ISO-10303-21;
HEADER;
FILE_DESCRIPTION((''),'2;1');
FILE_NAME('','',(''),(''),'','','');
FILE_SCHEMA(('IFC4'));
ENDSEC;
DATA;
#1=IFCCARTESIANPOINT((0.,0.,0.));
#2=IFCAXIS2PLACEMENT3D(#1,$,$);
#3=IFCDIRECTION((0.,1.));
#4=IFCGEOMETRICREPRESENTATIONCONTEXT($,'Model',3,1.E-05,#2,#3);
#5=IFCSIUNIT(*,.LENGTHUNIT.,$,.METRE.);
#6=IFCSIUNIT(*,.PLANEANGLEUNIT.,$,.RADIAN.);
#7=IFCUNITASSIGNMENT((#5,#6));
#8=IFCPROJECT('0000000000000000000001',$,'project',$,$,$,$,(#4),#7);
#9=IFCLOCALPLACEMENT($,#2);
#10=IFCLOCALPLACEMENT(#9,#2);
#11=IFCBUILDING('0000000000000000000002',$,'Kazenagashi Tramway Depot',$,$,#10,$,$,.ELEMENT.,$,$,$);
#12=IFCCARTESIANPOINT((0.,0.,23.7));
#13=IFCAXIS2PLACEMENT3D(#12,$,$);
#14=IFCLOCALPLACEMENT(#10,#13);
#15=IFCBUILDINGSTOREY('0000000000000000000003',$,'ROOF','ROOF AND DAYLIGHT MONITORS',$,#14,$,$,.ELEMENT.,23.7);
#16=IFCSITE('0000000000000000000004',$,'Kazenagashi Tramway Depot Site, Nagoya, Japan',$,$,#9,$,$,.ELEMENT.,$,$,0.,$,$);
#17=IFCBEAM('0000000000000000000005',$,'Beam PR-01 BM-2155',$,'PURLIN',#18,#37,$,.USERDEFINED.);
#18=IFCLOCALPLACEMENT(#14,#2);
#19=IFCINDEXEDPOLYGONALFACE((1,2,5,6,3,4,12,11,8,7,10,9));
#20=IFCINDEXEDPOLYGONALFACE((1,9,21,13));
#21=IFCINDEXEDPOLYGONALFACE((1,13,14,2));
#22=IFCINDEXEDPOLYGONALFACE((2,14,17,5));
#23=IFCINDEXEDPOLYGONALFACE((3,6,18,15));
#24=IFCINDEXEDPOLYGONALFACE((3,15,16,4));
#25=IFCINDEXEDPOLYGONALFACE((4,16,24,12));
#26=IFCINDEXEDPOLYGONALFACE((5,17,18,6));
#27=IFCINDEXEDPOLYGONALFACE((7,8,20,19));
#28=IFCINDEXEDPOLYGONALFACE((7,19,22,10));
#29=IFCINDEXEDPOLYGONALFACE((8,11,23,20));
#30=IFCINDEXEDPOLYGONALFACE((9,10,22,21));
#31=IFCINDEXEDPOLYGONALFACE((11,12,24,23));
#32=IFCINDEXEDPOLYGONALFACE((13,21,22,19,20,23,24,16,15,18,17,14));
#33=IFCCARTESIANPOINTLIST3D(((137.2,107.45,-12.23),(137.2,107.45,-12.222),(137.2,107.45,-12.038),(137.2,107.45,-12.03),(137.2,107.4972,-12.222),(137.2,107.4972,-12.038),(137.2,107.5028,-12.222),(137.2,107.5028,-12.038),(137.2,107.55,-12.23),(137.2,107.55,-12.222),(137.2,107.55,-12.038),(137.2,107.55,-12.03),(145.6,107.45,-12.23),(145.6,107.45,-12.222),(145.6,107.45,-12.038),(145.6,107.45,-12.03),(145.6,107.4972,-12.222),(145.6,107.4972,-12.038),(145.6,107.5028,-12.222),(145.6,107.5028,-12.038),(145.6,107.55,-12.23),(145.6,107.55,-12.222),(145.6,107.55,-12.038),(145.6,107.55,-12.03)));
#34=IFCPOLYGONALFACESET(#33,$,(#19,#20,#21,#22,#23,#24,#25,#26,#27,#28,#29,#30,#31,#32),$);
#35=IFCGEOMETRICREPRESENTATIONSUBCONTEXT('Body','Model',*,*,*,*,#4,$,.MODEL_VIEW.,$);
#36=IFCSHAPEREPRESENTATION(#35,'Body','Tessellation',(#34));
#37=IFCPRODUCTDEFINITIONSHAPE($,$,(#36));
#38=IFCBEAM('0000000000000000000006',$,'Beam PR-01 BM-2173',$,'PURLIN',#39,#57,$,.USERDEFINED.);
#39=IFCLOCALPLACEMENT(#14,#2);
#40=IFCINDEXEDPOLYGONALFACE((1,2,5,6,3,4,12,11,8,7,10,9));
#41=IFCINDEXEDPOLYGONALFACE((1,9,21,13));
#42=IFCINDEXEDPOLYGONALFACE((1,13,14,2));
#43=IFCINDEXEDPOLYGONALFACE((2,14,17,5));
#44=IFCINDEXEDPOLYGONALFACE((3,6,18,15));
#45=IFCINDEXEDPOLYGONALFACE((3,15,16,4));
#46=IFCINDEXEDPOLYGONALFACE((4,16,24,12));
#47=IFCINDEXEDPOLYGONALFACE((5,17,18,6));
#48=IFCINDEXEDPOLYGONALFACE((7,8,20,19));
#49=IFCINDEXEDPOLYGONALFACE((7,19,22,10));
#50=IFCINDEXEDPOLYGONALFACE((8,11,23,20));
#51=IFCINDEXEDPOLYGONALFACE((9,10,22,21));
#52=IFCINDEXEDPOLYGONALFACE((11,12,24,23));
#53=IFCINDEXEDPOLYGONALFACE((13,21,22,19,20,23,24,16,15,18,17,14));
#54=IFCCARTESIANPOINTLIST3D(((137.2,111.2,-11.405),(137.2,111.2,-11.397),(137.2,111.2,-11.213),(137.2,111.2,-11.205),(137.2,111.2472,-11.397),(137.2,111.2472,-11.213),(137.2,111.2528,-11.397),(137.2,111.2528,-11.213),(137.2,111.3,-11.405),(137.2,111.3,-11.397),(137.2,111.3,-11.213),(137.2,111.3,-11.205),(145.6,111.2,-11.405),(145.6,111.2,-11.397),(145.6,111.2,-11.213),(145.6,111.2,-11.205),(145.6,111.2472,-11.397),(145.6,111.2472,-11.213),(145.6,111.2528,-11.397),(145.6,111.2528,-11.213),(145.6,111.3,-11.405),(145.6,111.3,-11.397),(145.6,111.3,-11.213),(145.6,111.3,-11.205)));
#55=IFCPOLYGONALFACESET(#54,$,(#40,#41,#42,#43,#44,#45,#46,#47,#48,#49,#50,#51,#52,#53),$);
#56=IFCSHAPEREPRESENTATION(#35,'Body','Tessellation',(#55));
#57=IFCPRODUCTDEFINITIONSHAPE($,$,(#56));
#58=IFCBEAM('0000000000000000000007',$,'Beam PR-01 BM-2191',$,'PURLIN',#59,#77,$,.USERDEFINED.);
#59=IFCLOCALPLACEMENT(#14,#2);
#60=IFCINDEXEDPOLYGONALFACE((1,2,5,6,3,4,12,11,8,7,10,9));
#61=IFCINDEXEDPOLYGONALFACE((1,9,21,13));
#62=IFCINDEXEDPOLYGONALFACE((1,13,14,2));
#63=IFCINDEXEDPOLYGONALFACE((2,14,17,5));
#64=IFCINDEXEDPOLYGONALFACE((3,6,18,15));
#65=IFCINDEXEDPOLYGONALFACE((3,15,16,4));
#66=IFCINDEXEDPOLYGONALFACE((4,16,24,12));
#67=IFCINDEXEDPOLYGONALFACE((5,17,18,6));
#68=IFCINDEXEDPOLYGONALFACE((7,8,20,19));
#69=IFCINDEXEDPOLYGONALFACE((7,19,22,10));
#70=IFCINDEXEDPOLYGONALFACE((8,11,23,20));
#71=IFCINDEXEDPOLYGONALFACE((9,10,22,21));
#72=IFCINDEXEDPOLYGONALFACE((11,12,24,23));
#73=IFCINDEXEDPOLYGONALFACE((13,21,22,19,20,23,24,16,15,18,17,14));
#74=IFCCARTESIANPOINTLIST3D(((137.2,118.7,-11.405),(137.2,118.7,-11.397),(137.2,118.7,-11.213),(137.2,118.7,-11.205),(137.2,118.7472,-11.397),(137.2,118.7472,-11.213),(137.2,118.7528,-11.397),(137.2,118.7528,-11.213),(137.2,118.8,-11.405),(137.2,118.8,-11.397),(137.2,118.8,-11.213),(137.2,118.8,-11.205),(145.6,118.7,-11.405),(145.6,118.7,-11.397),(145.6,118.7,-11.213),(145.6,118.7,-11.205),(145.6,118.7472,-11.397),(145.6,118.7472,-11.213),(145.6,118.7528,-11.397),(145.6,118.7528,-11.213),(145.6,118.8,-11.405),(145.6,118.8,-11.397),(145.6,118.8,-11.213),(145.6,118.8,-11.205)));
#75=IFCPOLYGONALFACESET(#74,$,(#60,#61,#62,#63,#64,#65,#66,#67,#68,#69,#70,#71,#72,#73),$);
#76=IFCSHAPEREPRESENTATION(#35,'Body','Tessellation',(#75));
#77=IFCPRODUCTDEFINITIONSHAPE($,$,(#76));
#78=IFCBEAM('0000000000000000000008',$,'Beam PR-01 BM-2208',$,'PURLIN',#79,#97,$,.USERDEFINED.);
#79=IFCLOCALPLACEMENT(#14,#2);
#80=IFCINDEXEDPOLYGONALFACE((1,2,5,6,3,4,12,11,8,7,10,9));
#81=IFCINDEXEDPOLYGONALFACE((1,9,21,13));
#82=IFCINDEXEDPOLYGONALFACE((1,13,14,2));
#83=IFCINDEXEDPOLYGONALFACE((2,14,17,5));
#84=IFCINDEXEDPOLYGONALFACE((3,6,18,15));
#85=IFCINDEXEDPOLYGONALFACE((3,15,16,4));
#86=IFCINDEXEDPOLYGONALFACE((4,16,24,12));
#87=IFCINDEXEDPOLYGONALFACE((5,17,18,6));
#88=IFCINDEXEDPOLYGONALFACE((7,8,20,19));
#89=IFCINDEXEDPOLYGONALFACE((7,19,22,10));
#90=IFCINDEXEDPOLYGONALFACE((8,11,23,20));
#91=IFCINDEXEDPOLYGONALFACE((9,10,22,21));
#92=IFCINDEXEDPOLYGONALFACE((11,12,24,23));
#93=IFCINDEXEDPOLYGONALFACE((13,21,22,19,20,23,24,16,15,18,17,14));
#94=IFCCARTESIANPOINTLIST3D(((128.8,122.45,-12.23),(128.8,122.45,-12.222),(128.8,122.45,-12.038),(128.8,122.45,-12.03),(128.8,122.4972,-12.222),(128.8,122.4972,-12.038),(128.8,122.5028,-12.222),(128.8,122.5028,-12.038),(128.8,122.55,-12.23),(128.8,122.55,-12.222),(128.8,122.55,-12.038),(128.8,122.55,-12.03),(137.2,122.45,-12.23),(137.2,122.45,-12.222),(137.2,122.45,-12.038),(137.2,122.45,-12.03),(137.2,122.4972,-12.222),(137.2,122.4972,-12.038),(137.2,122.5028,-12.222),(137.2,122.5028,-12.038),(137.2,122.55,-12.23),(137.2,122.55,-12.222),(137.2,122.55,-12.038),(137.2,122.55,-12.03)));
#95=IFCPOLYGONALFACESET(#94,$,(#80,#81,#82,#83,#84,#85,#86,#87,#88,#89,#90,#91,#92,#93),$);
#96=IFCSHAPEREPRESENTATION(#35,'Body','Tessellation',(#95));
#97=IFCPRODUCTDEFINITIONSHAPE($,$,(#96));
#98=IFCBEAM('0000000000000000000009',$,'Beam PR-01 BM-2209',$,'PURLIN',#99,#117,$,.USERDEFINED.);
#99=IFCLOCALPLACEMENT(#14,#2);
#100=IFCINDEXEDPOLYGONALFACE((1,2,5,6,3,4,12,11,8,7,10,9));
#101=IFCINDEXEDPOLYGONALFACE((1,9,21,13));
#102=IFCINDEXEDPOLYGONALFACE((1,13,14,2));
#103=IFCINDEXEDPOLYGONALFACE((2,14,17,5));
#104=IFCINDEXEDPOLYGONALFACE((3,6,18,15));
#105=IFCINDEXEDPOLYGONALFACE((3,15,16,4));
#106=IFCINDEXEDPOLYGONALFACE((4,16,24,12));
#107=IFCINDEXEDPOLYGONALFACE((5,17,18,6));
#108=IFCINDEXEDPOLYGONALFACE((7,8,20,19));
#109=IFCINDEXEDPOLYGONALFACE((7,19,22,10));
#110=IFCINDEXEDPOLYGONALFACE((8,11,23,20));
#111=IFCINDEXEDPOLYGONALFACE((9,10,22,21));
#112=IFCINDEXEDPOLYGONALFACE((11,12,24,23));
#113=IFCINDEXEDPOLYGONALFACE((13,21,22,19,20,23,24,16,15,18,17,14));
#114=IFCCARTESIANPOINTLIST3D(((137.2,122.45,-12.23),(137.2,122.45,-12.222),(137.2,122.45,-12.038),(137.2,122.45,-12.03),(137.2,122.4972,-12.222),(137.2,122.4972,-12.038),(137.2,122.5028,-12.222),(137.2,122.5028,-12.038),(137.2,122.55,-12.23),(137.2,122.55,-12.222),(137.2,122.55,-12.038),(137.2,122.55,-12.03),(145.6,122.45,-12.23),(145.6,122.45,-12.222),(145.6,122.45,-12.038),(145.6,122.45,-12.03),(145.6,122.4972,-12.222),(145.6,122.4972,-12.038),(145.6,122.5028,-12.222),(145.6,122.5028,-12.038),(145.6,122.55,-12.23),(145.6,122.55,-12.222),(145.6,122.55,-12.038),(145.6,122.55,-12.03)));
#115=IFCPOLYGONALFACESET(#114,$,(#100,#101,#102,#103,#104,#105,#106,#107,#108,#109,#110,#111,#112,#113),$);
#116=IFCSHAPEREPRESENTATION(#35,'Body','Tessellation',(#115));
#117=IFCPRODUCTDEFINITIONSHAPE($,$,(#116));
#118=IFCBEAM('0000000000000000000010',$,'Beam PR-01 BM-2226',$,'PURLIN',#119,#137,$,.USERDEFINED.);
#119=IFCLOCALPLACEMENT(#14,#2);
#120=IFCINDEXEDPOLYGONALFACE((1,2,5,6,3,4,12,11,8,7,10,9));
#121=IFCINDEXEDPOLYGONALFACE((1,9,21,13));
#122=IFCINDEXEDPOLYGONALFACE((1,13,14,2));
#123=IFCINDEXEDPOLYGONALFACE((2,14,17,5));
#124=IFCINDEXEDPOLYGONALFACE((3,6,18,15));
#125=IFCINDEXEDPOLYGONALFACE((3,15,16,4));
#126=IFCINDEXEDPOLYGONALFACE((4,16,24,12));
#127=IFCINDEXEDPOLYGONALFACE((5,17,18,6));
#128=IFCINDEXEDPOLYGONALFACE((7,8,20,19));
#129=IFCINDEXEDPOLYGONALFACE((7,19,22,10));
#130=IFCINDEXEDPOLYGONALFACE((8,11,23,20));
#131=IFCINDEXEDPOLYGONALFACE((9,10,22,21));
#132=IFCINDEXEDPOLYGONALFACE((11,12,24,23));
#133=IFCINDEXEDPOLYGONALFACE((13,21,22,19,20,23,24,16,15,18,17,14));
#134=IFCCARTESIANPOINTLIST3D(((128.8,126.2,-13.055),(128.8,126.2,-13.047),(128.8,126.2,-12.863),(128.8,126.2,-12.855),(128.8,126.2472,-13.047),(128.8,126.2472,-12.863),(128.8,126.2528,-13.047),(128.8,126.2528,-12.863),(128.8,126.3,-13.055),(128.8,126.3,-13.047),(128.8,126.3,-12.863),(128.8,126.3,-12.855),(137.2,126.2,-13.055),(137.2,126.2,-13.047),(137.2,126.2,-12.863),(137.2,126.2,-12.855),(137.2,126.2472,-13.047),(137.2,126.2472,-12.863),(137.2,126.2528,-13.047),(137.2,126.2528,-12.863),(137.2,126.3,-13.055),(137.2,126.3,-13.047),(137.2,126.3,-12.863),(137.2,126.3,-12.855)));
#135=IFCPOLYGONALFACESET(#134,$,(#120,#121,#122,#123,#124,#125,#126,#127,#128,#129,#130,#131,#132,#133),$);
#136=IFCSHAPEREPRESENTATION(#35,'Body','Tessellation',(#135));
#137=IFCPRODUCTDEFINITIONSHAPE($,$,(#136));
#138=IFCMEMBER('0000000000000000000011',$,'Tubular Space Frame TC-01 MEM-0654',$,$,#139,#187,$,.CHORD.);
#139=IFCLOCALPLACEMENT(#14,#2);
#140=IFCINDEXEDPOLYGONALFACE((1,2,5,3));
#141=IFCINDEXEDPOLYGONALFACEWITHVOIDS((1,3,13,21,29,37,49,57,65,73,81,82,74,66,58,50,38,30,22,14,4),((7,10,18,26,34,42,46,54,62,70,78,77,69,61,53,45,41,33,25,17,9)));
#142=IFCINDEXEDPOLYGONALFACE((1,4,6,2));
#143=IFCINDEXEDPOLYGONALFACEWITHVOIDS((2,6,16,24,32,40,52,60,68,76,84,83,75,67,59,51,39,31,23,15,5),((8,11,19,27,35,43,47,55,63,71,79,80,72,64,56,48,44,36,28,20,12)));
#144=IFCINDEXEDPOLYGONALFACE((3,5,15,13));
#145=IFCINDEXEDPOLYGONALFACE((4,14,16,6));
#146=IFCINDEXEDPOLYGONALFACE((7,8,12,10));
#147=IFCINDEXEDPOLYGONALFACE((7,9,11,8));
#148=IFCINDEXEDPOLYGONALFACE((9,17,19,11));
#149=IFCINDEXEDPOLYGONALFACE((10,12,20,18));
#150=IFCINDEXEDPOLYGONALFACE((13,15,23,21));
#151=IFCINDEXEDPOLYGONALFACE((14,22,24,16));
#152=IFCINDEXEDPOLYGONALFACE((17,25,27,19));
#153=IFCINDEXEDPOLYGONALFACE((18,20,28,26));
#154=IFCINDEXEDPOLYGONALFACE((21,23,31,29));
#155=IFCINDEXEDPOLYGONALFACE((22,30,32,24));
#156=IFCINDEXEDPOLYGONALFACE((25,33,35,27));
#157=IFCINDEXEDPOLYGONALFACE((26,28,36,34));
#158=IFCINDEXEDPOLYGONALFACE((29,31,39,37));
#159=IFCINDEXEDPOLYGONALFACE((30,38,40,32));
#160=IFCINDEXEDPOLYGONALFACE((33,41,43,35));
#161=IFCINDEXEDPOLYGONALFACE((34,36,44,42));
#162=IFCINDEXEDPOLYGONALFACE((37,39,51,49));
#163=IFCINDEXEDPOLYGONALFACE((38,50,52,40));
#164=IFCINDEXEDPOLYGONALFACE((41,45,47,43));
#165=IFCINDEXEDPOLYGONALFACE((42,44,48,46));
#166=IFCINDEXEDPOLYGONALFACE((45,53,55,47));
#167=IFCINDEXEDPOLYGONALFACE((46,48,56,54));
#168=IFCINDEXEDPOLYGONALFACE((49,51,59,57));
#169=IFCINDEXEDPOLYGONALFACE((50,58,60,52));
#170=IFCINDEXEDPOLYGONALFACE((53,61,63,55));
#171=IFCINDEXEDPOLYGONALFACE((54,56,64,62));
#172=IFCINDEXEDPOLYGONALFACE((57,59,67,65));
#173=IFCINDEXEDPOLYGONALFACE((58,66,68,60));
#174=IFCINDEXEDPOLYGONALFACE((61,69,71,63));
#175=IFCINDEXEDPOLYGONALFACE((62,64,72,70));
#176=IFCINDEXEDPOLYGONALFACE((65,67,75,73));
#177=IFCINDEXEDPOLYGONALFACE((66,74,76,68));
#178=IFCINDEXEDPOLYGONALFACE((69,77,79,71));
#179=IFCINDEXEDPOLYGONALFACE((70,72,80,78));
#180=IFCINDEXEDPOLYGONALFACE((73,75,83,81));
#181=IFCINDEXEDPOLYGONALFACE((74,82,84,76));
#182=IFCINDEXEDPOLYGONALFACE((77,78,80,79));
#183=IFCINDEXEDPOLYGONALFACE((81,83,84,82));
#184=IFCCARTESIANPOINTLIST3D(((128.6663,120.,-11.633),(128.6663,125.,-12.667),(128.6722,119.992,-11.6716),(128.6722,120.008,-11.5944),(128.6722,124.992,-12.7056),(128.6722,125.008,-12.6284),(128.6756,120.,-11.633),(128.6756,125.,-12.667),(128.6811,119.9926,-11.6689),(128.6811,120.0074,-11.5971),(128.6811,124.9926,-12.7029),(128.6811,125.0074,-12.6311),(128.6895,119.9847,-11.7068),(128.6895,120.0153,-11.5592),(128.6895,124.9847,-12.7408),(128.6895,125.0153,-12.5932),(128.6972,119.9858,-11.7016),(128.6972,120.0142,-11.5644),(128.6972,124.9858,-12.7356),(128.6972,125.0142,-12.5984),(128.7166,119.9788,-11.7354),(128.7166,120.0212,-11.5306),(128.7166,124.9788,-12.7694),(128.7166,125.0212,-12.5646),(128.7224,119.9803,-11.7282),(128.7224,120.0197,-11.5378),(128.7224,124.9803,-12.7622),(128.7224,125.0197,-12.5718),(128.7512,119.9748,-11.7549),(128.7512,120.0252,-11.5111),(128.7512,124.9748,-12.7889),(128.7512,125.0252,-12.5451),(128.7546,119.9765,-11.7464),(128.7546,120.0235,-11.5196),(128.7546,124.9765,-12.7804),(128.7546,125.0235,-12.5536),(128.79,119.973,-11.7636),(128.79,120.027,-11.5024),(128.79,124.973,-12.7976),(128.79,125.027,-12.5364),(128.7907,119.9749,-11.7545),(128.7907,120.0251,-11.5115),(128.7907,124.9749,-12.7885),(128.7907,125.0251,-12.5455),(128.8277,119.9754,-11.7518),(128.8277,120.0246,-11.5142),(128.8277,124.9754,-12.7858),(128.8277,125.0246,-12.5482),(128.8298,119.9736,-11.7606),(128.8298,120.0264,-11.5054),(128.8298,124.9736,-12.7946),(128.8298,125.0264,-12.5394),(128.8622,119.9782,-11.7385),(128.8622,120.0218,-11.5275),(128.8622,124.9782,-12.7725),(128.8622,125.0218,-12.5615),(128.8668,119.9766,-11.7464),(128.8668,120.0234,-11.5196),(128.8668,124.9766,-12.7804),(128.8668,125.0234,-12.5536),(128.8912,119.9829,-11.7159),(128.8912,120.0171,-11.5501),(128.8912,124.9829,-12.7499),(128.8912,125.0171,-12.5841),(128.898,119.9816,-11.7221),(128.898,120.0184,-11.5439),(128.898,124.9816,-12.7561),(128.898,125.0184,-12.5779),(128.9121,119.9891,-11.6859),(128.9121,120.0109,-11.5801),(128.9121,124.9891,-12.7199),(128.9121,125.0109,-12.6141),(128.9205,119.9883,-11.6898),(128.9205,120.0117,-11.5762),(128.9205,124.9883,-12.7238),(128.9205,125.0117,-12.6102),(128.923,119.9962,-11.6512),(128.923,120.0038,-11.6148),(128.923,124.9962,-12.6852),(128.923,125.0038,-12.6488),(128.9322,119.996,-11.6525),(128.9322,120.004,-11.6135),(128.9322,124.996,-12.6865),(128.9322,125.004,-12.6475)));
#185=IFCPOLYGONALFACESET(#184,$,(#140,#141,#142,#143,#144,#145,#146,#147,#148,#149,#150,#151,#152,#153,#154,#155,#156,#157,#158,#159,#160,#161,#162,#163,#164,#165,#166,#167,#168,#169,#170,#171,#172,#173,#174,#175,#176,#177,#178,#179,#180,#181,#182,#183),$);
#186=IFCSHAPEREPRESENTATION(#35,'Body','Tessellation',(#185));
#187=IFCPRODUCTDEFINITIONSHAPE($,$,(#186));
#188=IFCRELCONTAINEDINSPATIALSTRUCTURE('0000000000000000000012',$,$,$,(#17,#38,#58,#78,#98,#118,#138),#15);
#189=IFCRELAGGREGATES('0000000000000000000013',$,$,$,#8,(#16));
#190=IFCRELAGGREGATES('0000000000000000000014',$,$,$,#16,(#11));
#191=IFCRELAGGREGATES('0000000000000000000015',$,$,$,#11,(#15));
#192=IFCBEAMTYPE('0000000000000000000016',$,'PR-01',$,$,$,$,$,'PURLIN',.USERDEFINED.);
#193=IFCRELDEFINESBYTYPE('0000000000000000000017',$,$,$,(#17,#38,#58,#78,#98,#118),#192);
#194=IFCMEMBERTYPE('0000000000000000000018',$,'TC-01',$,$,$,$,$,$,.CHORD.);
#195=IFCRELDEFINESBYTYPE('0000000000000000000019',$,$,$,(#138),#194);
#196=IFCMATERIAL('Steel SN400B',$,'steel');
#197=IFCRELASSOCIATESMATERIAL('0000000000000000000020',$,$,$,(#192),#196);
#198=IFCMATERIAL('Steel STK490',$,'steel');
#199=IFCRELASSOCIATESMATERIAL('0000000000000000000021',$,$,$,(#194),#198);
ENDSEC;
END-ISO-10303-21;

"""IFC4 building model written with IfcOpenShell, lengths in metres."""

from ifc_helpers import new_model, si_unit, direction, frame, origin, origin_2d, place, context, subcontext, project, spatial, hollow_circle, i_section, extrude, material, material_profile, profile_set, type_object, element, save


model = new_model("IFC4")

# Units and contexts
model_context = context("Model", 3, precision=1e-05, world=origin(), true_north=direction((0.0, 1.0)))
body_context = subcontext(model_context, "Body", "Model", "MODEL_VIEW")
ifc_project = project(units=[si_unit("LENGTHUNIT", "METRE"), si_unit("PLANEANGLEUNIT", "RADIAN")], contexts=[model_context])

# Site, building, storey
site_placement = place(None, origin())
site = spatial("IfcSite", under=ifc_project, at=site_placement, Name="Kazenagashi Tramway Depot Site, Nagoya, Japan", CompositionType="ELEMENT", RefElevation=0.0)
building_placement = place(site_placement, origin())
building = spatial("IfcBuilding", under=site, at=building_placement, Name="Kazenagashi Tramway Depot", CompositionType="ELEMENT")
storey_placement = place(building_placement, frame((0.0, 0.0, 23.7)))
storey = spatial("IfcBuildingStorey", under=building, at=storey_placement, Name="ROOF", Description="ROOF AND DAYLIGHT MONITORS", CompositionType="ELEMENT", Elevation=23.7)

# Beams
ifc_material_1 = material(Name="Steel SN400B", Category="steel")
ifc_material_profile_1 = material_profile(ifc_material_1, i_section(OverallWidth=0.1, OverallDepth=0.2, WebThickness=0.0055, FlangeThickness=0.008, at=origin_2d()), Name="H-200x100x5.5x8")
ifc_profile_set_1 = profile_set([ifc_material_profile_1], Name="Steel SN400B")
beam_type = type_object("IfcBeamType", Name="PR-01", ElementType="PURLIN", PredefinedType="USERDEFINED", material=ifc_profile_set_1)
for number, where, z_axis, x_axis, name in (
    (1, (137.2, 107.5, -12.13), (1.0, 0.0, 0.0), (0.0, 1.0, 0.0), "Beam PR-01 BM-2155"),
    (2, (137.2, 111.25, -11.305), (1.0, 0.0, 0.0), (0.0, 1.0, 0.0), "Beam PR-01 BM-2173"),
    (3, (137.2, 118.75, -11.305), (1.0, 0.0, 0.0), (0.0, 1.0, 0.0), "Beam PR-01 BM-2191"),
    (4, (128.8, 122.5, -12.13), (1.0, 0.0, 0.0), (0.0, 1.0, 0.0), "Beam PR-01 BM-2208"),
    (5, (137.2, 122.5, -12.13), (1.0, 0.0, 0.0), (0.0, 1.0, 0.0), "Beam PR-01 BM-2209"),
    (6, (128.8, 126.25, -12.955), (1.0, 0.0, 0.0), (0.0, 1.0, 0.0), "Beam PR-01 BM-2226"),
):
    element("IfcBeam", number, at=place(storey_placement, frame(where, z_axis=z_axis, x_axis=x_axis)), inside=storey, type_object=beam_type, Name=name, ObjectType="PURLIN", PredefinedType="USERDEFINED", context=body_context, shape_type="SweptSolid", body=[
        extrude(i_section(OverallWidth=0.1, OverallDepth=0.2, WebThickness=0.0055, FlangeThickness=0.008, at=origin_2d()), origin(), (0.0, 0.0, 1.0), 8.4),
    ])

# Member
ifc_material_2 = material(Name="Steel STK490", Category="steel")
ifc_material_profile_2 = material_profile(ifc_material_2, hollow_circle(Radius=0.1337, WallThickness=0.0093, at=origin_2d()), Name="CHS-267.4x9.3")
ifc_profile_set_2 = profile_set([ifc_material_profile_2], Name="Steel STK490")
member_type_1 = type_object("IfcMemberType", Name="TC-01", PredefinedType="CHORD", material=ifc_profile_set_2)
member_1_placement = place(storey_placement, frame((128.8, 120.0, -11.633), z_axis=(0.0, 0.979279, -0.202515), x_axis=(-1.0, 0.0, 0.0)))
element("IfcMember", 7, at=member_1_placement, inside=storey, type_object=member_type_1, Name="Tubular Space Frame TC-01 MEM-0654", PredefinedType="CHORD", context=body_context, shape_type="SweptSolid", body=[
    extrude(hollow_circle(Radius=0.1337, WallThickness=0.0093, at=origin_2d()), origin(), (0.0, 0.0, 1.0), 5.1058),
])

save(model, "model.ifc")
